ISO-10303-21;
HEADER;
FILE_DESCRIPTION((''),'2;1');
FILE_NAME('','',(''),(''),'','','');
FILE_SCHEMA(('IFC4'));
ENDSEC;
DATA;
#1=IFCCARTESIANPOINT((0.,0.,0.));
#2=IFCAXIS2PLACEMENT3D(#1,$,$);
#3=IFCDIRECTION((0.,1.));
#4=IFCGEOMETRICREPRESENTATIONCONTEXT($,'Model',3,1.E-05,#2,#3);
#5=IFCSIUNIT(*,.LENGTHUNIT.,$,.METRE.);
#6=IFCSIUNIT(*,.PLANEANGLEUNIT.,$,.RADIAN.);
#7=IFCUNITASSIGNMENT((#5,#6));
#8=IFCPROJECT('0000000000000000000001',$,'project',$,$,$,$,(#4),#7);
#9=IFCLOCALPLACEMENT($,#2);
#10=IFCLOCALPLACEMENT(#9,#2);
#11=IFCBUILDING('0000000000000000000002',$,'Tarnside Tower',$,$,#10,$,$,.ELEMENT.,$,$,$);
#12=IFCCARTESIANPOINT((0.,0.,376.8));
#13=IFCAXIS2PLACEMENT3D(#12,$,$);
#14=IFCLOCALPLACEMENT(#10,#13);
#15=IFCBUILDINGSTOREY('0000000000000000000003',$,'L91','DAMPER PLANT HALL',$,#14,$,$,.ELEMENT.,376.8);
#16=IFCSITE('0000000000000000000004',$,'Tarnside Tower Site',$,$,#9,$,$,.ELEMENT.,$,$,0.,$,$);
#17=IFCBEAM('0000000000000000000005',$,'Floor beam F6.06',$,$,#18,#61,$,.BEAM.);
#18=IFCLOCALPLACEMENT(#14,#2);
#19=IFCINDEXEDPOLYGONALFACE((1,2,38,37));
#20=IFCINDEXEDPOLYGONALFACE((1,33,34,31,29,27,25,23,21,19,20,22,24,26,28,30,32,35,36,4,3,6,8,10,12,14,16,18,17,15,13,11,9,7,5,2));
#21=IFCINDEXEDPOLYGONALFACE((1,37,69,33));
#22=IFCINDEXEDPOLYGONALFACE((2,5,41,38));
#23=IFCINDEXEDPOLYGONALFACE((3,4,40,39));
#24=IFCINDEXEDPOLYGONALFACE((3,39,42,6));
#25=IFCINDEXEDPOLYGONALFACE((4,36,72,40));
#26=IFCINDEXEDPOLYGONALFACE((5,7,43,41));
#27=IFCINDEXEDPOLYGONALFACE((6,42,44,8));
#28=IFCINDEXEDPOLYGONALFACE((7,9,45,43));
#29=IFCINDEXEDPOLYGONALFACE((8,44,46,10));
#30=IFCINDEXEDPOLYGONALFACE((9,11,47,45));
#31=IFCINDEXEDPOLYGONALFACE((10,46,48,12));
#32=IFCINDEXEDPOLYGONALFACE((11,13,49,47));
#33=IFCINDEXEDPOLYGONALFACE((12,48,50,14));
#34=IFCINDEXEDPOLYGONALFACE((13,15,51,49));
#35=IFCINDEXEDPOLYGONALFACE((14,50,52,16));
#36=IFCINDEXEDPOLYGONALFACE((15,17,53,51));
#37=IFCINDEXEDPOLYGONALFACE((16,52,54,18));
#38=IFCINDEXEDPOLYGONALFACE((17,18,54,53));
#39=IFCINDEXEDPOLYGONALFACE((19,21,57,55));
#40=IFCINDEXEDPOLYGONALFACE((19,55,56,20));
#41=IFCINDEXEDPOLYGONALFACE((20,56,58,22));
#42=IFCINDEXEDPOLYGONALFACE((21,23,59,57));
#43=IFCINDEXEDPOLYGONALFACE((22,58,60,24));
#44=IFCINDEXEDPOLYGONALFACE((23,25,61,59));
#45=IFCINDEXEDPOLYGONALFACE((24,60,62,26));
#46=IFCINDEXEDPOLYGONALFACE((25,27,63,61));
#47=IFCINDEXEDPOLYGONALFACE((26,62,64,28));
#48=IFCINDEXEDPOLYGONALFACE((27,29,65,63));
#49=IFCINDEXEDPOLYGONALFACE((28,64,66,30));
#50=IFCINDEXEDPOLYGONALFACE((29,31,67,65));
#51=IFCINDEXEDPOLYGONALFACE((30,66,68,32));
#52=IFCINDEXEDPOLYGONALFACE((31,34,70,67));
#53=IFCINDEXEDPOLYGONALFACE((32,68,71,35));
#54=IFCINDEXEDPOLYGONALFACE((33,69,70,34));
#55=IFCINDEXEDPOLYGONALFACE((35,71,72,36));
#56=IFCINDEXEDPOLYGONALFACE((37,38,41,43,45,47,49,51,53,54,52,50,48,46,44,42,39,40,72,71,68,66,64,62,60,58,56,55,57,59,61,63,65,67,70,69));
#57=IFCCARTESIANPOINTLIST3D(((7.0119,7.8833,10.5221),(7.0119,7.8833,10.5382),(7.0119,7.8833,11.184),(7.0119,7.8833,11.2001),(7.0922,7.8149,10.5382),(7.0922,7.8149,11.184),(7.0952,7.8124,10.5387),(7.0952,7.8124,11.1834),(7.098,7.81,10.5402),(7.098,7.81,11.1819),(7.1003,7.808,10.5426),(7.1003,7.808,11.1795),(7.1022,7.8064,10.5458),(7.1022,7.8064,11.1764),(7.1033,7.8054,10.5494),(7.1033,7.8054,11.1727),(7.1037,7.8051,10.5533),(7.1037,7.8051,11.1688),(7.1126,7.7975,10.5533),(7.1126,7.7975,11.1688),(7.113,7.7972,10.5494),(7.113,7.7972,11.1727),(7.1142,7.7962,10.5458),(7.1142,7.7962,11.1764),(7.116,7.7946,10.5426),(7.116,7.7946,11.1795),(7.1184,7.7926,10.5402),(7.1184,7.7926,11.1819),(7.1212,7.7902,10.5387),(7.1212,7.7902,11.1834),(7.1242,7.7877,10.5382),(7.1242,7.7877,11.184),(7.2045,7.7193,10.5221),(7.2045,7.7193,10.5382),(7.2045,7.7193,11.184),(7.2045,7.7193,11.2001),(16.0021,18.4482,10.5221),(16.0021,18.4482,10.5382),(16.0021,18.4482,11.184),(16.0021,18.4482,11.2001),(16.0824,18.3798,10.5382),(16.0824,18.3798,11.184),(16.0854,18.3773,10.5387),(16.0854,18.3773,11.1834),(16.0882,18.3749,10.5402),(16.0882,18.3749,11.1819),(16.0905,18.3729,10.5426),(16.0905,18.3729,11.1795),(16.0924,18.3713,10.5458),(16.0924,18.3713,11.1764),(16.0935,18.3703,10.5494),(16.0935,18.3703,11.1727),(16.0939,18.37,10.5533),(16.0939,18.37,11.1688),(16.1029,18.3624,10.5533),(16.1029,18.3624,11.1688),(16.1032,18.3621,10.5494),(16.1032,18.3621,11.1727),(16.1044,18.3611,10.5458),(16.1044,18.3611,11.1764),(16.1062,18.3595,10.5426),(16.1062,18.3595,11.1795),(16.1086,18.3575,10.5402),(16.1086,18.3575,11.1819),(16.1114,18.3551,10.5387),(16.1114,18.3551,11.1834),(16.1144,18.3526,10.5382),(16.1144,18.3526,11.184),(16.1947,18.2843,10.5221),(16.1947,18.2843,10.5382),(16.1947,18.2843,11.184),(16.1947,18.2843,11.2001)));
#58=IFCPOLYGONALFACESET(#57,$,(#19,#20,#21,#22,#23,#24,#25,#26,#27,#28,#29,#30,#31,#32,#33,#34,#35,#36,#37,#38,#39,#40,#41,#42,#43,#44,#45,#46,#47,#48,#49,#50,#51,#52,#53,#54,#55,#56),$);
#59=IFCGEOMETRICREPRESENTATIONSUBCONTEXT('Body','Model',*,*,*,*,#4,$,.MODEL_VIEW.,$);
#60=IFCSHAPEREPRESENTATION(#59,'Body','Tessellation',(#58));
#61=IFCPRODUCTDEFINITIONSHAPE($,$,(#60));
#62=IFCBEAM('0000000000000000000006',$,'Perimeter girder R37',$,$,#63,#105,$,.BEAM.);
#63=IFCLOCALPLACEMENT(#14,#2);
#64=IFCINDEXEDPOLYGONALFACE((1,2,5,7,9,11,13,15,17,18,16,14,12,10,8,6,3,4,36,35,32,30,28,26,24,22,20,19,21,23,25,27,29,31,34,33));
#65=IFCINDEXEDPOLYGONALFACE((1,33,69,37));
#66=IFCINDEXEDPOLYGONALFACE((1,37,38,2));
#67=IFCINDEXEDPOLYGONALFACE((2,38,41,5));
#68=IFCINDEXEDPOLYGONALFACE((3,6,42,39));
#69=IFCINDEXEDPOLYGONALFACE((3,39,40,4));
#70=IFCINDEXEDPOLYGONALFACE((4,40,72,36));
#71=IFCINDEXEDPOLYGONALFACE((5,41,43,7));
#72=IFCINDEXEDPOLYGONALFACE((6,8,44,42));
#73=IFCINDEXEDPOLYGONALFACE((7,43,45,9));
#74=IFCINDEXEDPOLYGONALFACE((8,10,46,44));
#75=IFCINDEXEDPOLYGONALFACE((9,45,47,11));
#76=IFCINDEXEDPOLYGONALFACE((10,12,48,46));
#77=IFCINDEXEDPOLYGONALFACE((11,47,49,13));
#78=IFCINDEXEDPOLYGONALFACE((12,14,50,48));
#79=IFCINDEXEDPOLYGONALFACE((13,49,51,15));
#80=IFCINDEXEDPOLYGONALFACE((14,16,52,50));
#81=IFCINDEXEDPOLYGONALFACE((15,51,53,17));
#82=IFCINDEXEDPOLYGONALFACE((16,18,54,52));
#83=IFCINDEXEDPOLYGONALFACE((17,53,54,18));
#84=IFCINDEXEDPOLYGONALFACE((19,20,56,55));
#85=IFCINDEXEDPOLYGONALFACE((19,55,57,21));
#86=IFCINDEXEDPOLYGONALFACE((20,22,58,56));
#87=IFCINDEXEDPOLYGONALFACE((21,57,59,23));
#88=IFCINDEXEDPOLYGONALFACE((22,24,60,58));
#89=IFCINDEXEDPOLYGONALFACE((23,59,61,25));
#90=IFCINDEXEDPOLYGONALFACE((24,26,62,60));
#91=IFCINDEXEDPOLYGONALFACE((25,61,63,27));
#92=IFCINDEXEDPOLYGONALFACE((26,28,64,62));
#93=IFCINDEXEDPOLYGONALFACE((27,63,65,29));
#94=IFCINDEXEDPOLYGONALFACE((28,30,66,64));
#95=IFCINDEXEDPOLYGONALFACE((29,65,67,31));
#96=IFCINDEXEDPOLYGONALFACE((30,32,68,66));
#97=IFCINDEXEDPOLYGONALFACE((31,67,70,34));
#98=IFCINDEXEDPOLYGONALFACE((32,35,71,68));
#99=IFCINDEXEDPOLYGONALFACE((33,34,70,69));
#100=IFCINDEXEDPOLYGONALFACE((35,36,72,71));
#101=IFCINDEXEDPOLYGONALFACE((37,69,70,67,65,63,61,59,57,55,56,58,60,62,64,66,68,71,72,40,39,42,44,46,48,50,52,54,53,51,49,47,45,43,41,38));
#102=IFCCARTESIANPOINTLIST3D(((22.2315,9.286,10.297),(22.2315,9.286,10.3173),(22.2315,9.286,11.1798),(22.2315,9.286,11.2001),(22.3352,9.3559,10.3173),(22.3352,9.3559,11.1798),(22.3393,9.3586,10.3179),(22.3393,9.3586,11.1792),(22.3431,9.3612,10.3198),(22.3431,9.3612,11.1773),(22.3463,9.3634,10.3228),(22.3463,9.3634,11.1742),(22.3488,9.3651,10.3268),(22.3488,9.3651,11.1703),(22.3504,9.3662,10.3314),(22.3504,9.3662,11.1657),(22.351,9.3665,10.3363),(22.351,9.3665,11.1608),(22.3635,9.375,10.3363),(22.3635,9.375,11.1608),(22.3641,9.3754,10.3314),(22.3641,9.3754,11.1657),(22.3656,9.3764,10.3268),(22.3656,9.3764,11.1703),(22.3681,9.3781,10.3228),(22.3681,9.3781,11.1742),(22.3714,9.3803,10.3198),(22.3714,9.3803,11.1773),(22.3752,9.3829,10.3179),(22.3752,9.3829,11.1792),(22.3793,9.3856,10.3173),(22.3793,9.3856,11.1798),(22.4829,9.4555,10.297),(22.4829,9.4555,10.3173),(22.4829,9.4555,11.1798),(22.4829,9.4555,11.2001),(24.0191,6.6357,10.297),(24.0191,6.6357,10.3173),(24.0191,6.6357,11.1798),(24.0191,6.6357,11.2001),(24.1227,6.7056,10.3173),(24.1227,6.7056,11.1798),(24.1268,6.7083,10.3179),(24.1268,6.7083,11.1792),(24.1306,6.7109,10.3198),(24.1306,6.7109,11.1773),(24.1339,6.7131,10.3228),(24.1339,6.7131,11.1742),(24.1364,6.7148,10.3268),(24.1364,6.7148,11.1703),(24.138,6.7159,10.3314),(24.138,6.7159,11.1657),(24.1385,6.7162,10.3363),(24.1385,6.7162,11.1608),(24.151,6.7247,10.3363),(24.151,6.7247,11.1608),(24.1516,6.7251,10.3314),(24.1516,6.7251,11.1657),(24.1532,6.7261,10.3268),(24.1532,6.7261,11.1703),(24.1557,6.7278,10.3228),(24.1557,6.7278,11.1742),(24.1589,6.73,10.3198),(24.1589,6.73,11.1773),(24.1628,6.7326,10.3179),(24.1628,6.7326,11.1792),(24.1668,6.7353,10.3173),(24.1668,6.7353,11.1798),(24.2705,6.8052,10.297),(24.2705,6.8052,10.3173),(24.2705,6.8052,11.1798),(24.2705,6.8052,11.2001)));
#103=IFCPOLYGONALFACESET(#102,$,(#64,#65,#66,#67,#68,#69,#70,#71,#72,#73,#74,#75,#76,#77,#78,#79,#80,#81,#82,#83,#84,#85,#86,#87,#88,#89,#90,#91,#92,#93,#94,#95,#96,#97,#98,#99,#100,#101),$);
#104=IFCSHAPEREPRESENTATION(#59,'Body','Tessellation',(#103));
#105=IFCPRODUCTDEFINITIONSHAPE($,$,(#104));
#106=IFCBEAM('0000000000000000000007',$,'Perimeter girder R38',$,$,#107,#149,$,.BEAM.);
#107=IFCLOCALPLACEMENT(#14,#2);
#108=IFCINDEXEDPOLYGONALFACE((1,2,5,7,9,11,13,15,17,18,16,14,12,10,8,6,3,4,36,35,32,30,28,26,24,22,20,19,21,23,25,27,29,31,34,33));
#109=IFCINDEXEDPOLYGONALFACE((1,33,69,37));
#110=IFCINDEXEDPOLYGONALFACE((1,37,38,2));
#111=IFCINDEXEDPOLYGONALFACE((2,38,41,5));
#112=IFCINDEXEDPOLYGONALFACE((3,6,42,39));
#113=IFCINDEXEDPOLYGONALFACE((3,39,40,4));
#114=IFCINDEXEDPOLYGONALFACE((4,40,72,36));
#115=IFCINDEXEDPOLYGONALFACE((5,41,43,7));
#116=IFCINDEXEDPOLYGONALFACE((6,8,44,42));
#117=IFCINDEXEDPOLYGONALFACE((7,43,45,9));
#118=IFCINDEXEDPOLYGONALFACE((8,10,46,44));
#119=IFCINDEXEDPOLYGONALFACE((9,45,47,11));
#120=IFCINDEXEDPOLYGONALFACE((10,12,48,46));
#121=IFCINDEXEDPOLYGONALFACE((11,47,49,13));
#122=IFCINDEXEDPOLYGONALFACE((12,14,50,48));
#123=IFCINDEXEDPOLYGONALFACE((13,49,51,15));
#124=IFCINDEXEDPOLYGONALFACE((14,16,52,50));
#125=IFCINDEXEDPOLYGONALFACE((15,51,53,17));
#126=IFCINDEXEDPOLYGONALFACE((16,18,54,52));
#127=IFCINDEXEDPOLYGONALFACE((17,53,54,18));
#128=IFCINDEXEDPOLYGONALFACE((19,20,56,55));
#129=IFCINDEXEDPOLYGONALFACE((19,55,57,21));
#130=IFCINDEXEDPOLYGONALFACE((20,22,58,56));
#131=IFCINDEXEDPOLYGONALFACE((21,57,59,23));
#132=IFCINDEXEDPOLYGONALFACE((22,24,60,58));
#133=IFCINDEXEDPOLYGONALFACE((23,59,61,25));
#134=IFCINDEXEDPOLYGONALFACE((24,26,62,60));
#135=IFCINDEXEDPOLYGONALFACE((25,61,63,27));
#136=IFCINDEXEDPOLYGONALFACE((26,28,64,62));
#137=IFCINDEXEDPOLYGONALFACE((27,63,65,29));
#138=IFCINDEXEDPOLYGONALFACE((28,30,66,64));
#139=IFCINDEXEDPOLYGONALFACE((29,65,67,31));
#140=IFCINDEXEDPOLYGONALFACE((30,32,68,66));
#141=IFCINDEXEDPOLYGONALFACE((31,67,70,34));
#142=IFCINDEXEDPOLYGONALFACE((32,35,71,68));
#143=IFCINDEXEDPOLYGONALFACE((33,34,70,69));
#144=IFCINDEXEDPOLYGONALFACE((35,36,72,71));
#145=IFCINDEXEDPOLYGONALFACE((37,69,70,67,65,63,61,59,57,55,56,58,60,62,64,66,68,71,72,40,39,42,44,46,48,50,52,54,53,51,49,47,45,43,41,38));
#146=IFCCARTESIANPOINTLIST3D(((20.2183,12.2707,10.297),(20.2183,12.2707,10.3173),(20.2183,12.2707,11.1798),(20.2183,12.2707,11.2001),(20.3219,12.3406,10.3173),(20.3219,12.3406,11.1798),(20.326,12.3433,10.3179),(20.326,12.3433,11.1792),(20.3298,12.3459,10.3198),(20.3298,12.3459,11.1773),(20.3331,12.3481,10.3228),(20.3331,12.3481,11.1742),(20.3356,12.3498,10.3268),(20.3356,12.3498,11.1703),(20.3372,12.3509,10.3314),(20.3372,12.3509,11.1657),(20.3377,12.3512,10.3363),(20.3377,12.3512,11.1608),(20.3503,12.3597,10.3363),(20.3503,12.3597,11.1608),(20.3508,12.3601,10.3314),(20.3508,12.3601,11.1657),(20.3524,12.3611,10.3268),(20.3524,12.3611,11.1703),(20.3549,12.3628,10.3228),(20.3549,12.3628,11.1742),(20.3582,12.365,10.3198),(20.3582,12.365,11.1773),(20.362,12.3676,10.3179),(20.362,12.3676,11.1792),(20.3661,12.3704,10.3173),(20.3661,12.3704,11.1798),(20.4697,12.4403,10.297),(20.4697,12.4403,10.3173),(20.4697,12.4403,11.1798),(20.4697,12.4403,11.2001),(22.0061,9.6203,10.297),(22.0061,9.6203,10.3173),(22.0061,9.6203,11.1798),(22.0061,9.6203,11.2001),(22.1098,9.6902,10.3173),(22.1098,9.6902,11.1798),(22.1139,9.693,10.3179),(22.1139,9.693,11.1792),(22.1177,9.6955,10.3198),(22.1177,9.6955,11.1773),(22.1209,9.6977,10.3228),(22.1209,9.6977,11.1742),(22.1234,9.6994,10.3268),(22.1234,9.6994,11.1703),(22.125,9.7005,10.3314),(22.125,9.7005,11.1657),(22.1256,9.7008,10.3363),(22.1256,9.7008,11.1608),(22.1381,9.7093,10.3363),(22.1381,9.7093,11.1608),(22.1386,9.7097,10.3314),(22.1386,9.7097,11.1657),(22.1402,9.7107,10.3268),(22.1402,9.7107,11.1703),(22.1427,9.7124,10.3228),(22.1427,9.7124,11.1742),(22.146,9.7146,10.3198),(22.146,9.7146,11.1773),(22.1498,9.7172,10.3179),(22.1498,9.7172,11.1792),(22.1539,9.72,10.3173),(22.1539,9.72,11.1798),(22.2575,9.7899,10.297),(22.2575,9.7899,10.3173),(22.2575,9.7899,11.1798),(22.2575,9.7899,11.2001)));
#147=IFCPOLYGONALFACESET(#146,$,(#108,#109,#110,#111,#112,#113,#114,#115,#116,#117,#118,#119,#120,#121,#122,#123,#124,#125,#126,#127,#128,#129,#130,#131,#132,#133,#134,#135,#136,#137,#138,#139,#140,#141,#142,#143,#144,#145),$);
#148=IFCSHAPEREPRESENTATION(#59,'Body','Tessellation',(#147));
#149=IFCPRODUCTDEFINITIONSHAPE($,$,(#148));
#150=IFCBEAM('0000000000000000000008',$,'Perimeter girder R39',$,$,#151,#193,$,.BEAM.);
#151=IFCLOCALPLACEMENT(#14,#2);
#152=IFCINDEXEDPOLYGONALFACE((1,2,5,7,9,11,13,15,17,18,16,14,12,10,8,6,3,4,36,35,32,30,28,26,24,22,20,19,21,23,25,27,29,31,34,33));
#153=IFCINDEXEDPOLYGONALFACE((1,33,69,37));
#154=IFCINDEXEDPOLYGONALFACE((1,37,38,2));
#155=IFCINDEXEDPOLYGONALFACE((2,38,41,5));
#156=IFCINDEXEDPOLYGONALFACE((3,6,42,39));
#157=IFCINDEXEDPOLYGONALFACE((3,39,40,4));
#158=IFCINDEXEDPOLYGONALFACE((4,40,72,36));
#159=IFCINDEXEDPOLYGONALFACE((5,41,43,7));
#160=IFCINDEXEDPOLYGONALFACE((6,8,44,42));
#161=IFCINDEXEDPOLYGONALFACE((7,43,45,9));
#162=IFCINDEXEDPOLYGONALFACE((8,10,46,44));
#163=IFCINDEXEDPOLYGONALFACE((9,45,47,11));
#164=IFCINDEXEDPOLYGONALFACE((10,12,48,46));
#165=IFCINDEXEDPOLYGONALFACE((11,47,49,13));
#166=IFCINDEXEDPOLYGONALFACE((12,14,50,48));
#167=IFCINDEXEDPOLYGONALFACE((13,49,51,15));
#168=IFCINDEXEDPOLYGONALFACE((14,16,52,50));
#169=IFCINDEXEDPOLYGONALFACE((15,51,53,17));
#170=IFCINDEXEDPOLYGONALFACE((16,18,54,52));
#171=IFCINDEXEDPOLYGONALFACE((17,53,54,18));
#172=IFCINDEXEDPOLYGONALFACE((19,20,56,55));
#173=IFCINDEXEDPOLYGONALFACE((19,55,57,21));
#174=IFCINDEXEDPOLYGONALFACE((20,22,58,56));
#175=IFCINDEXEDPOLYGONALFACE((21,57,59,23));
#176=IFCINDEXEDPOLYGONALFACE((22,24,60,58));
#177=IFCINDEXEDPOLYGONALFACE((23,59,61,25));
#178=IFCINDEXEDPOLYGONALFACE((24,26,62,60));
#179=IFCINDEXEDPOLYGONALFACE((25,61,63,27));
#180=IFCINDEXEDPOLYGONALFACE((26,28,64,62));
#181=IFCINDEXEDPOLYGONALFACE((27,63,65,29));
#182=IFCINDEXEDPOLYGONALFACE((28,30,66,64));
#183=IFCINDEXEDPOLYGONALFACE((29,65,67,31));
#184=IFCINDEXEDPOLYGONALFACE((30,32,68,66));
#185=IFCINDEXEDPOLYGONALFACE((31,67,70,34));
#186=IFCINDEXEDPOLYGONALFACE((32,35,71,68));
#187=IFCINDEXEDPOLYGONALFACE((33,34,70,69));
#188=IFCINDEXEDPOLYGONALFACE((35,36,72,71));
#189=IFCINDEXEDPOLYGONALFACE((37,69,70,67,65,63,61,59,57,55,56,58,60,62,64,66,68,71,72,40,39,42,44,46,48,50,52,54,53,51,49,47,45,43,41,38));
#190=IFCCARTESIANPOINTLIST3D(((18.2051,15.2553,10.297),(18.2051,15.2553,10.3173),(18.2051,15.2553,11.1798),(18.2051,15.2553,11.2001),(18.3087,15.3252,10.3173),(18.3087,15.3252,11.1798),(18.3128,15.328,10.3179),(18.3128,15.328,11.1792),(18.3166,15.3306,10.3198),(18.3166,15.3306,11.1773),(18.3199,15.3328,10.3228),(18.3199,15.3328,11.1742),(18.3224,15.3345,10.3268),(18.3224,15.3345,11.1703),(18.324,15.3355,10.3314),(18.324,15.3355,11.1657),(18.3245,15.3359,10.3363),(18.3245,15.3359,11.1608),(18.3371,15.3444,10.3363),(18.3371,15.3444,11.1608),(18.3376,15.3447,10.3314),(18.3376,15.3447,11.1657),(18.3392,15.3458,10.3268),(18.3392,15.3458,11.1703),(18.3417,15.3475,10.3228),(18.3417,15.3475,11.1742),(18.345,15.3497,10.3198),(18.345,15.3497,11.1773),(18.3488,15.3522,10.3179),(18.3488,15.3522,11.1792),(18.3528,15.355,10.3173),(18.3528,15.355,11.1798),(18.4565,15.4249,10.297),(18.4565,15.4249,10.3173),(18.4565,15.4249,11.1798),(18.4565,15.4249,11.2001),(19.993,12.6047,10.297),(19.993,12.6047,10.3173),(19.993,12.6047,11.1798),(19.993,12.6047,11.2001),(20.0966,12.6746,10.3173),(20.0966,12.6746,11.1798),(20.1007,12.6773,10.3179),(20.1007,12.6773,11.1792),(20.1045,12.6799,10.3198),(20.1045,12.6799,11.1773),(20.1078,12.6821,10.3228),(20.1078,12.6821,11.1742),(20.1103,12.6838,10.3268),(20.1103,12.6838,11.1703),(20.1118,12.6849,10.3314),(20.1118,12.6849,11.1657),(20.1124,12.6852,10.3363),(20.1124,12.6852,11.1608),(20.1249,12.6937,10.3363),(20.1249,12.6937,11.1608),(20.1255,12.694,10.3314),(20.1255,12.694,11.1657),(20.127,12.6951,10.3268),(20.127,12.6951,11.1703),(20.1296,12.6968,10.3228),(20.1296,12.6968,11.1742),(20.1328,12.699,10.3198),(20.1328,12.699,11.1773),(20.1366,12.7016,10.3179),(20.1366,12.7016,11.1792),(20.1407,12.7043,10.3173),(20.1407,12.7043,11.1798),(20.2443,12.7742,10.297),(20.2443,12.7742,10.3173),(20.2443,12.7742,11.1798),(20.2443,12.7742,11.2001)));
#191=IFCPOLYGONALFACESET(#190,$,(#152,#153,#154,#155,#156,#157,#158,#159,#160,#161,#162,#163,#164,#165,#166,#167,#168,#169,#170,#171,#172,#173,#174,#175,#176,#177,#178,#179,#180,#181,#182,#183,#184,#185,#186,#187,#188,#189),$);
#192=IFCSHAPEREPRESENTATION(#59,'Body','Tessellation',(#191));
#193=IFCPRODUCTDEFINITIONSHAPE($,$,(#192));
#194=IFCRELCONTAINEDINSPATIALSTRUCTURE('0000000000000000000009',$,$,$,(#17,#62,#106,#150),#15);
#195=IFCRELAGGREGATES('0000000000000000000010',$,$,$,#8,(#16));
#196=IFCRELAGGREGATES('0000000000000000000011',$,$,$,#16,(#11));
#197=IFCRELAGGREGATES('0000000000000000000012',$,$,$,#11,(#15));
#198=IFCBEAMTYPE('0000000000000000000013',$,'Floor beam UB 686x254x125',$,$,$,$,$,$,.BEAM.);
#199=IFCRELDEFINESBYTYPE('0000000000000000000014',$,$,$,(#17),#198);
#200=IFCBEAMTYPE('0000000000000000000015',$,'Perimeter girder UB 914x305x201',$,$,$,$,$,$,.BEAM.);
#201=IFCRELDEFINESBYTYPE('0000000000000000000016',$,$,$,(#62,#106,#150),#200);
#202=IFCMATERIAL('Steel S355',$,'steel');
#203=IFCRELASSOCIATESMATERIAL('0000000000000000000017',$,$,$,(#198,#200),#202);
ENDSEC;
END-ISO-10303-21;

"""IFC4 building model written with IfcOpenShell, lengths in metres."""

from ifc_helpers import new_model, si_unit, direction, frame, origin, origin_2d, place, context, subcontext, project, spatial, i_section, extrude, material, material_profile, profile_set, type_object, element, save


model = new_model("IFC4")

# Units and contexts
model_context = context("Model", 3, precision=1e-05, world=origin(), true_north=direction((0.0, 1.0)))
body_context = subcontext(model_context, "Body", "Model", "MODEL_VIEW")
ifc_project = project(units=[si_unit("LENGTHUNIT", "METRE"), si_unit("PLANEANGLEUNIT", "RADIAN")], contexts=[model_context])

# Site, building, storey
site_placement = place(None, origin())
site = spatial("IfcSite", under=ifc_project, at=site_placement, Name="Tarnside Tower Site", CompositionType="ELEMENT", RefElevation=0.0)
building_placement = place(site_placement, origin())
building = spatial("IfcBuilding", under=site, at=building_placement, Name="Tarnside Tower", CompositionType="ELEMENT")
storey_placement = place(building_placement, frame((0.0, 0.0, 376.8)))
storey = spatial("IfcBuildingStorey", under=building, at=storey_placement, Name="L91", Description="DAMPER PLANT HALL", CompositionType="ELEMENT", Elevation=376.8)

# Shared definitions
ifc_material_1 = material(Name="Steel S355", Category="steel")

# Beams
ifc_material_profile_1 = material_profile(ifc_material_1, i_section(OverallWidth=0.2529, OverallDepth=0.678, WebThickness=0.0117, FlangeThickness=0.0161, FilletRadius=0.0151, at=origin_2d()), Name="UB 686x254x125")
ifc_profile_set_1 = profile_set([ifc_material_profile_1], Name="Steel S355")
beam_type_1 = type_object("IfcBeamType", Name="Floor beam UB 686x254x125", PredefinedType="BEAM", material=ifc_profile_set_1)
beam_1_placement = place(storey_placement, frame((16.0984, 18.3662, 10.8611), z_axis=(-0.648068, -0.761582, 0.0), x_axis=(0.761582, -0.648068, 0.0)))
element("IfcBeam", 1, at=beam_1_placement, inside=storey, type_object=beam_type_1, Name="Floor beam F6.06", PredefinedType="BEAM", context=body_context, shape_type="SweptSolid", body=[
    extrude(i_section(OverallWidth=0.2529, OverallDepth=0.678, WebThickness=0.0117, FlangeThickness=0.0161, FilletRadius=0.0151, at=origin_2d()), origin(), (0.0, 0.0, 1.0), 13.8723),
])
ifc_material_profile_2 = material_profile(ifc_material_1, i_section(OverallWidth=0.3032, OverallDepth=0.9031, WebThickness=0.0151, FlangeThickness=0.0203, FilletRadius=0.019, at=origin_2d()), Name="UB 914x305x201")
ifc_profile_set_2 = profile_set([ifc_material_profile_2], Name="Steel S355")
beam_type_2 = type_object("IfcBeamType", Name="Perimeter girder UB 914x305x201", PredefinedType="BEAM", material=ifc_profile_set_2)
beam_2_placement = place(storey_placement, frame((24.1448, 6.7205, 10.7485), z_axis=(-0.559169, 0.829054, 0.0), x_axis=(-0.829054, -0.559169, 0.0)))
element("IfcBeam", 2, at=beam_2_placement, inside=storey, type_object=beam_type_2, Name="Perimeter girder R37", PredefinedType="BEAM", context=body_context, shape_type="SweptSolid", body=[
    extrude(i_section(OverallWidth=0.3032, OverallDepth=0.9031, WebThickness=0.0151, FlangeThickness=0.0203, FilletRadius=0.019, at=origin_2d()), origin(), (0.0, 0.0, 1.0), 3.1968),
])
beam_3_placement = place(storey_placement, frame((22.1318, 9.7051, 10.7485), z_axis=(-0.559221, 0.829019, 0.0), x_axis=(-0.829019, -0.559221, 0.0)))
element("IfcBeam", 3, at=beam_3_placement, inside=storey, type_object=beam_type_2, Name="Perimeter girder R38", PredefinedType="BEAM", context=body_context, shape_type="SweptSolid", body=[
    extrude(i_section(OverallWidth=0.3032, OverallDepth=0.9031, WebThickness=0.0151, FlangeThickness=0.0203, FilletRadius=0.019, at=origin_2d()), origin(), (0.0, 0.0, 1.0), 3.197),
])
beam_4_placement = place(storey_placement, frame((20.1187, 12.6895, 10.7485), z_axis=(-0.559186, 0.829042, 0.0), x_axis=(-0.829042, -0.559186, 0.0)))
element("IfcBeam", 4, at=beam_4_placement, inside=storey, type_object=beam_type_2, Name="Perimeter girder R39", PredefinedType="BEAM", context=body_context, shape_type="SweptSolid", body=[
    extrude(i_section(OverallWidth=0.3032, OverallDepth=0.9031, WebThickness=0.0151, FlangeThickness=0.0203, FilletRadius=0.019, at=origin_2d()), origin(), (0.0, 0.0, 1.0), 3.1973),
])

save(model, "model.ifc")
